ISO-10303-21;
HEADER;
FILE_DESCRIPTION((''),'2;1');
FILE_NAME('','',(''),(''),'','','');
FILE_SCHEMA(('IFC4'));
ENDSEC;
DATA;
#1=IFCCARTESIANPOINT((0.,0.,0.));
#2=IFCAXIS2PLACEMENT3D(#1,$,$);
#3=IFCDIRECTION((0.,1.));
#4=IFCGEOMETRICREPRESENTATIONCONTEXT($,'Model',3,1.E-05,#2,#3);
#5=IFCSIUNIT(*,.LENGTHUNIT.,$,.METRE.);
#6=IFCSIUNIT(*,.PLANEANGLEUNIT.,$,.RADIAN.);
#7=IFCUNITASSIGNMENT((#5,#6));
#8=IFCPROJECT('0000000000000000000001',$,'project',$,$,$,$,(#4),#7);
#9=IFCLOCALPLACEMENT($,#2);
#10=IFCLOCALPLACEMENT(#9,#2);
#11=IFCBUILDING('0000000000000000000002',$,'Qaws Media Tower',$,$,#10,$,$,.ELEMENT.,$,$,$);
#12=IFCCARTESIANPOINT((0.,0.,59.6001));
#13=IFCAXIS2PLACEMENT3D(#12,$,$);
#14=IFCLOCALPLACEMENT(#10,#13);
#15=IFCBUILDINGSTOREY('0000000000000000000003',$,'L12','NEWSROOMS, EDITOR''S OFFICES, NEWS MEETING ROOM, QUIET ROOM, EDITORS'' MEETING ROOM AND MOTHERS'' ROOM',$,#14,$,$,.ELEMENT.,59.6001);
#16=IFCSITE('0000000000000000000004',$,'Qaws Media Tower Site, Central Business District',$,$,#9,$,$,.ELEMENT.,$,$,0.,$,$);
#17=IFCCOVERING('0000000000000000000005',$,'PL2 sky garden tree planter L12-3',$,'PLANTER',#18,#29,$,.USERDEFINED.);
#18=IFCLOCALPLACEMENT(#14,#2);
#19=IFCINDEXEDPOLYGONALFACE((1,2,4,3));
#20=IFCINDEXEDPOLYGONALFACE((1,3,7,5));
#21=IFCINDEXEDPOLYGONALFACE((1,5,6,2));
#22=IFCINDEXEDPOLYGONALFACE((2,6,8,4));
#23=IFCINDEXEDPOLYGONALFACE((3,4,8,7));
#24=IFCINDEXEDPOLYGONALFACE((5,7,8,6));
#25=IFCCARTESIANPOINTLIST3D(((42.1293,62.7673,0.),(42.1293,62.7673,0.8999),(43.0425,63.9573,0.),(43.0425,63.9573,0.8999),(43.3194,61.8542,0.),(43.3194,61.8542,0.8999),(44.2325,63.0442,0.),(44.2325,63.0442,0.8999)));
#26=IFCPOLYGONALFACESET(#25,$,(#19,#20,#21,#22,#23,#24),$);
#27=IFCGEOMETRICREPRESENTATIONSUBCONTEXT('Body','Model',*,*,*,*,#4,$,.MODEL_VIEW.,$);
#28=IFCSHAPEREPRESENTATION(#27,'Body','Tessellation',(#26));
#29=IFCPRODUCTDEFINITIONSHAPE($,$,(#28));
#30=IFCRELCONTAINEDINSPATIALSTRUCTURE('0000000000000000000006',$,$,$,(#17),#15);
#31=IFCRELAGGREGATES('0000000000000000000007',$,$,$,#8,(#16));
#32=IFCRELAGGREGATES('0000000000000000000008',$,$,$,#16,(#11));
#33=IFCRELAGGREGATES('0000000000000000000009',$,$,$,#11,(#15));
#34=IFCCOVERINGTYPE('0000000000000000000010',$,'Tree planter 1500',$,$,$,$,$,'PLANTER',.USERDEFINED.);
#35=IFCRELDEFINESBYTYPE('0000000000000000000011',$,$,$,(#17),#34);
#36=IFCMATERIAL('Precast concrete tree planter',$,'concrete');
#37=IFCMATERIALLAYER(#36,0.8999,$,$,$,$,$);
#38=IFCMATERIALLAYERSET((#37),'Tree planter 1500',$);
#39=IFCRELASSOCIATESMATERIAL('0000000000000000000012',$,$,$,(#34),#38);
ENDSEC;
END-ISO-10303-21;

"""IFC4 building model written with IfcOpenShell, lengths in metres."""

from ifc_helpers import new_model, si_unit, direction, frame, origin, origin_2d, place, context, subcontext, project, spatial, rectangle, extrude, material, layer, layer_set, type_object, element, save


model = new_model("IFC4")

# Units and contexts
model_context = context("Model", 3, precision=1e-05, world=origin(), true_north=direction((0.0, 1.0)))
body_context = subcontext(model_context, "Body", "Model", "MODEL_VIEW")
ifc_project = project(units=[si_unit("LENGTHUNIT", "METRE"), si_unit("PLANEANGLEUNIT", "RADIAN")], contexts=[model_context])

# Site, building, storey
site_placement = place(None, origin())
site = spatial("IfcSite", under=ifc_project, at=site_placement, Name="Qaws Media Tower Site, Central Business District", CompositionType="ELEMENT", RefElevation=0.0)
building_placement = place(site_placement, origin())
building = spatial("IfcBuilding", under=site, at=building_placement, Name="Qaws Media Tower", CompositionType="ELEMENT")
storey_placement = place(building_placement, frame((0.0, 0.0, 59.6001)))
storey = spatial("IfcBuildingStorey", under=building, at=storey_placement, Name="L12", Description="NEWSROOMS, EDITOR'S OFFICES, NEWS MEETING ROOM, QUIET ROOM, EDITORS' MEETING ROOM AND MOTHERS' ROOM", CompositionType="ELEMENT", Elevation=59.6001)

# Covering
ifc_material_1 = material(Name="Precast concrete tree planter", Category="concrete")
ifc_layer_1 = layer(ifc_material_1, 0.8999)
ifc_layer_set_1 = layer_set([ifc_layer_1], Name="Tree planter 1500")
covering_type = type_object("IfcCoveringType", Name="Tree planter 1500", ElementType="PLANTER", PredefinedType="USERDEFINED", material=ifc_layer_set_1)
covering_placement = place(storey_placement, frame((43.1809, 62.9058, 0.0), z_axis=(0.0, 0.0, 1.0), x_axis=(-0.793353, 0.608761, 0.0)))
element("IfcCovering", 1, at=covering_placement, inside=storey, type_object=covering_type, Name="PL2 sky garden tree planter L12-3", ObjectType="PLANTER", PredefinedType="USERDEFINED", context=body_context, shape_type="SweptSolid", body=[
    extrude(rectangle(XDim=1.5, YDim=1.5, at=origin_2d()), origin(), (0.0, 0.0, 1.0), 0.8999),
])

save(model, "model.ifc")
